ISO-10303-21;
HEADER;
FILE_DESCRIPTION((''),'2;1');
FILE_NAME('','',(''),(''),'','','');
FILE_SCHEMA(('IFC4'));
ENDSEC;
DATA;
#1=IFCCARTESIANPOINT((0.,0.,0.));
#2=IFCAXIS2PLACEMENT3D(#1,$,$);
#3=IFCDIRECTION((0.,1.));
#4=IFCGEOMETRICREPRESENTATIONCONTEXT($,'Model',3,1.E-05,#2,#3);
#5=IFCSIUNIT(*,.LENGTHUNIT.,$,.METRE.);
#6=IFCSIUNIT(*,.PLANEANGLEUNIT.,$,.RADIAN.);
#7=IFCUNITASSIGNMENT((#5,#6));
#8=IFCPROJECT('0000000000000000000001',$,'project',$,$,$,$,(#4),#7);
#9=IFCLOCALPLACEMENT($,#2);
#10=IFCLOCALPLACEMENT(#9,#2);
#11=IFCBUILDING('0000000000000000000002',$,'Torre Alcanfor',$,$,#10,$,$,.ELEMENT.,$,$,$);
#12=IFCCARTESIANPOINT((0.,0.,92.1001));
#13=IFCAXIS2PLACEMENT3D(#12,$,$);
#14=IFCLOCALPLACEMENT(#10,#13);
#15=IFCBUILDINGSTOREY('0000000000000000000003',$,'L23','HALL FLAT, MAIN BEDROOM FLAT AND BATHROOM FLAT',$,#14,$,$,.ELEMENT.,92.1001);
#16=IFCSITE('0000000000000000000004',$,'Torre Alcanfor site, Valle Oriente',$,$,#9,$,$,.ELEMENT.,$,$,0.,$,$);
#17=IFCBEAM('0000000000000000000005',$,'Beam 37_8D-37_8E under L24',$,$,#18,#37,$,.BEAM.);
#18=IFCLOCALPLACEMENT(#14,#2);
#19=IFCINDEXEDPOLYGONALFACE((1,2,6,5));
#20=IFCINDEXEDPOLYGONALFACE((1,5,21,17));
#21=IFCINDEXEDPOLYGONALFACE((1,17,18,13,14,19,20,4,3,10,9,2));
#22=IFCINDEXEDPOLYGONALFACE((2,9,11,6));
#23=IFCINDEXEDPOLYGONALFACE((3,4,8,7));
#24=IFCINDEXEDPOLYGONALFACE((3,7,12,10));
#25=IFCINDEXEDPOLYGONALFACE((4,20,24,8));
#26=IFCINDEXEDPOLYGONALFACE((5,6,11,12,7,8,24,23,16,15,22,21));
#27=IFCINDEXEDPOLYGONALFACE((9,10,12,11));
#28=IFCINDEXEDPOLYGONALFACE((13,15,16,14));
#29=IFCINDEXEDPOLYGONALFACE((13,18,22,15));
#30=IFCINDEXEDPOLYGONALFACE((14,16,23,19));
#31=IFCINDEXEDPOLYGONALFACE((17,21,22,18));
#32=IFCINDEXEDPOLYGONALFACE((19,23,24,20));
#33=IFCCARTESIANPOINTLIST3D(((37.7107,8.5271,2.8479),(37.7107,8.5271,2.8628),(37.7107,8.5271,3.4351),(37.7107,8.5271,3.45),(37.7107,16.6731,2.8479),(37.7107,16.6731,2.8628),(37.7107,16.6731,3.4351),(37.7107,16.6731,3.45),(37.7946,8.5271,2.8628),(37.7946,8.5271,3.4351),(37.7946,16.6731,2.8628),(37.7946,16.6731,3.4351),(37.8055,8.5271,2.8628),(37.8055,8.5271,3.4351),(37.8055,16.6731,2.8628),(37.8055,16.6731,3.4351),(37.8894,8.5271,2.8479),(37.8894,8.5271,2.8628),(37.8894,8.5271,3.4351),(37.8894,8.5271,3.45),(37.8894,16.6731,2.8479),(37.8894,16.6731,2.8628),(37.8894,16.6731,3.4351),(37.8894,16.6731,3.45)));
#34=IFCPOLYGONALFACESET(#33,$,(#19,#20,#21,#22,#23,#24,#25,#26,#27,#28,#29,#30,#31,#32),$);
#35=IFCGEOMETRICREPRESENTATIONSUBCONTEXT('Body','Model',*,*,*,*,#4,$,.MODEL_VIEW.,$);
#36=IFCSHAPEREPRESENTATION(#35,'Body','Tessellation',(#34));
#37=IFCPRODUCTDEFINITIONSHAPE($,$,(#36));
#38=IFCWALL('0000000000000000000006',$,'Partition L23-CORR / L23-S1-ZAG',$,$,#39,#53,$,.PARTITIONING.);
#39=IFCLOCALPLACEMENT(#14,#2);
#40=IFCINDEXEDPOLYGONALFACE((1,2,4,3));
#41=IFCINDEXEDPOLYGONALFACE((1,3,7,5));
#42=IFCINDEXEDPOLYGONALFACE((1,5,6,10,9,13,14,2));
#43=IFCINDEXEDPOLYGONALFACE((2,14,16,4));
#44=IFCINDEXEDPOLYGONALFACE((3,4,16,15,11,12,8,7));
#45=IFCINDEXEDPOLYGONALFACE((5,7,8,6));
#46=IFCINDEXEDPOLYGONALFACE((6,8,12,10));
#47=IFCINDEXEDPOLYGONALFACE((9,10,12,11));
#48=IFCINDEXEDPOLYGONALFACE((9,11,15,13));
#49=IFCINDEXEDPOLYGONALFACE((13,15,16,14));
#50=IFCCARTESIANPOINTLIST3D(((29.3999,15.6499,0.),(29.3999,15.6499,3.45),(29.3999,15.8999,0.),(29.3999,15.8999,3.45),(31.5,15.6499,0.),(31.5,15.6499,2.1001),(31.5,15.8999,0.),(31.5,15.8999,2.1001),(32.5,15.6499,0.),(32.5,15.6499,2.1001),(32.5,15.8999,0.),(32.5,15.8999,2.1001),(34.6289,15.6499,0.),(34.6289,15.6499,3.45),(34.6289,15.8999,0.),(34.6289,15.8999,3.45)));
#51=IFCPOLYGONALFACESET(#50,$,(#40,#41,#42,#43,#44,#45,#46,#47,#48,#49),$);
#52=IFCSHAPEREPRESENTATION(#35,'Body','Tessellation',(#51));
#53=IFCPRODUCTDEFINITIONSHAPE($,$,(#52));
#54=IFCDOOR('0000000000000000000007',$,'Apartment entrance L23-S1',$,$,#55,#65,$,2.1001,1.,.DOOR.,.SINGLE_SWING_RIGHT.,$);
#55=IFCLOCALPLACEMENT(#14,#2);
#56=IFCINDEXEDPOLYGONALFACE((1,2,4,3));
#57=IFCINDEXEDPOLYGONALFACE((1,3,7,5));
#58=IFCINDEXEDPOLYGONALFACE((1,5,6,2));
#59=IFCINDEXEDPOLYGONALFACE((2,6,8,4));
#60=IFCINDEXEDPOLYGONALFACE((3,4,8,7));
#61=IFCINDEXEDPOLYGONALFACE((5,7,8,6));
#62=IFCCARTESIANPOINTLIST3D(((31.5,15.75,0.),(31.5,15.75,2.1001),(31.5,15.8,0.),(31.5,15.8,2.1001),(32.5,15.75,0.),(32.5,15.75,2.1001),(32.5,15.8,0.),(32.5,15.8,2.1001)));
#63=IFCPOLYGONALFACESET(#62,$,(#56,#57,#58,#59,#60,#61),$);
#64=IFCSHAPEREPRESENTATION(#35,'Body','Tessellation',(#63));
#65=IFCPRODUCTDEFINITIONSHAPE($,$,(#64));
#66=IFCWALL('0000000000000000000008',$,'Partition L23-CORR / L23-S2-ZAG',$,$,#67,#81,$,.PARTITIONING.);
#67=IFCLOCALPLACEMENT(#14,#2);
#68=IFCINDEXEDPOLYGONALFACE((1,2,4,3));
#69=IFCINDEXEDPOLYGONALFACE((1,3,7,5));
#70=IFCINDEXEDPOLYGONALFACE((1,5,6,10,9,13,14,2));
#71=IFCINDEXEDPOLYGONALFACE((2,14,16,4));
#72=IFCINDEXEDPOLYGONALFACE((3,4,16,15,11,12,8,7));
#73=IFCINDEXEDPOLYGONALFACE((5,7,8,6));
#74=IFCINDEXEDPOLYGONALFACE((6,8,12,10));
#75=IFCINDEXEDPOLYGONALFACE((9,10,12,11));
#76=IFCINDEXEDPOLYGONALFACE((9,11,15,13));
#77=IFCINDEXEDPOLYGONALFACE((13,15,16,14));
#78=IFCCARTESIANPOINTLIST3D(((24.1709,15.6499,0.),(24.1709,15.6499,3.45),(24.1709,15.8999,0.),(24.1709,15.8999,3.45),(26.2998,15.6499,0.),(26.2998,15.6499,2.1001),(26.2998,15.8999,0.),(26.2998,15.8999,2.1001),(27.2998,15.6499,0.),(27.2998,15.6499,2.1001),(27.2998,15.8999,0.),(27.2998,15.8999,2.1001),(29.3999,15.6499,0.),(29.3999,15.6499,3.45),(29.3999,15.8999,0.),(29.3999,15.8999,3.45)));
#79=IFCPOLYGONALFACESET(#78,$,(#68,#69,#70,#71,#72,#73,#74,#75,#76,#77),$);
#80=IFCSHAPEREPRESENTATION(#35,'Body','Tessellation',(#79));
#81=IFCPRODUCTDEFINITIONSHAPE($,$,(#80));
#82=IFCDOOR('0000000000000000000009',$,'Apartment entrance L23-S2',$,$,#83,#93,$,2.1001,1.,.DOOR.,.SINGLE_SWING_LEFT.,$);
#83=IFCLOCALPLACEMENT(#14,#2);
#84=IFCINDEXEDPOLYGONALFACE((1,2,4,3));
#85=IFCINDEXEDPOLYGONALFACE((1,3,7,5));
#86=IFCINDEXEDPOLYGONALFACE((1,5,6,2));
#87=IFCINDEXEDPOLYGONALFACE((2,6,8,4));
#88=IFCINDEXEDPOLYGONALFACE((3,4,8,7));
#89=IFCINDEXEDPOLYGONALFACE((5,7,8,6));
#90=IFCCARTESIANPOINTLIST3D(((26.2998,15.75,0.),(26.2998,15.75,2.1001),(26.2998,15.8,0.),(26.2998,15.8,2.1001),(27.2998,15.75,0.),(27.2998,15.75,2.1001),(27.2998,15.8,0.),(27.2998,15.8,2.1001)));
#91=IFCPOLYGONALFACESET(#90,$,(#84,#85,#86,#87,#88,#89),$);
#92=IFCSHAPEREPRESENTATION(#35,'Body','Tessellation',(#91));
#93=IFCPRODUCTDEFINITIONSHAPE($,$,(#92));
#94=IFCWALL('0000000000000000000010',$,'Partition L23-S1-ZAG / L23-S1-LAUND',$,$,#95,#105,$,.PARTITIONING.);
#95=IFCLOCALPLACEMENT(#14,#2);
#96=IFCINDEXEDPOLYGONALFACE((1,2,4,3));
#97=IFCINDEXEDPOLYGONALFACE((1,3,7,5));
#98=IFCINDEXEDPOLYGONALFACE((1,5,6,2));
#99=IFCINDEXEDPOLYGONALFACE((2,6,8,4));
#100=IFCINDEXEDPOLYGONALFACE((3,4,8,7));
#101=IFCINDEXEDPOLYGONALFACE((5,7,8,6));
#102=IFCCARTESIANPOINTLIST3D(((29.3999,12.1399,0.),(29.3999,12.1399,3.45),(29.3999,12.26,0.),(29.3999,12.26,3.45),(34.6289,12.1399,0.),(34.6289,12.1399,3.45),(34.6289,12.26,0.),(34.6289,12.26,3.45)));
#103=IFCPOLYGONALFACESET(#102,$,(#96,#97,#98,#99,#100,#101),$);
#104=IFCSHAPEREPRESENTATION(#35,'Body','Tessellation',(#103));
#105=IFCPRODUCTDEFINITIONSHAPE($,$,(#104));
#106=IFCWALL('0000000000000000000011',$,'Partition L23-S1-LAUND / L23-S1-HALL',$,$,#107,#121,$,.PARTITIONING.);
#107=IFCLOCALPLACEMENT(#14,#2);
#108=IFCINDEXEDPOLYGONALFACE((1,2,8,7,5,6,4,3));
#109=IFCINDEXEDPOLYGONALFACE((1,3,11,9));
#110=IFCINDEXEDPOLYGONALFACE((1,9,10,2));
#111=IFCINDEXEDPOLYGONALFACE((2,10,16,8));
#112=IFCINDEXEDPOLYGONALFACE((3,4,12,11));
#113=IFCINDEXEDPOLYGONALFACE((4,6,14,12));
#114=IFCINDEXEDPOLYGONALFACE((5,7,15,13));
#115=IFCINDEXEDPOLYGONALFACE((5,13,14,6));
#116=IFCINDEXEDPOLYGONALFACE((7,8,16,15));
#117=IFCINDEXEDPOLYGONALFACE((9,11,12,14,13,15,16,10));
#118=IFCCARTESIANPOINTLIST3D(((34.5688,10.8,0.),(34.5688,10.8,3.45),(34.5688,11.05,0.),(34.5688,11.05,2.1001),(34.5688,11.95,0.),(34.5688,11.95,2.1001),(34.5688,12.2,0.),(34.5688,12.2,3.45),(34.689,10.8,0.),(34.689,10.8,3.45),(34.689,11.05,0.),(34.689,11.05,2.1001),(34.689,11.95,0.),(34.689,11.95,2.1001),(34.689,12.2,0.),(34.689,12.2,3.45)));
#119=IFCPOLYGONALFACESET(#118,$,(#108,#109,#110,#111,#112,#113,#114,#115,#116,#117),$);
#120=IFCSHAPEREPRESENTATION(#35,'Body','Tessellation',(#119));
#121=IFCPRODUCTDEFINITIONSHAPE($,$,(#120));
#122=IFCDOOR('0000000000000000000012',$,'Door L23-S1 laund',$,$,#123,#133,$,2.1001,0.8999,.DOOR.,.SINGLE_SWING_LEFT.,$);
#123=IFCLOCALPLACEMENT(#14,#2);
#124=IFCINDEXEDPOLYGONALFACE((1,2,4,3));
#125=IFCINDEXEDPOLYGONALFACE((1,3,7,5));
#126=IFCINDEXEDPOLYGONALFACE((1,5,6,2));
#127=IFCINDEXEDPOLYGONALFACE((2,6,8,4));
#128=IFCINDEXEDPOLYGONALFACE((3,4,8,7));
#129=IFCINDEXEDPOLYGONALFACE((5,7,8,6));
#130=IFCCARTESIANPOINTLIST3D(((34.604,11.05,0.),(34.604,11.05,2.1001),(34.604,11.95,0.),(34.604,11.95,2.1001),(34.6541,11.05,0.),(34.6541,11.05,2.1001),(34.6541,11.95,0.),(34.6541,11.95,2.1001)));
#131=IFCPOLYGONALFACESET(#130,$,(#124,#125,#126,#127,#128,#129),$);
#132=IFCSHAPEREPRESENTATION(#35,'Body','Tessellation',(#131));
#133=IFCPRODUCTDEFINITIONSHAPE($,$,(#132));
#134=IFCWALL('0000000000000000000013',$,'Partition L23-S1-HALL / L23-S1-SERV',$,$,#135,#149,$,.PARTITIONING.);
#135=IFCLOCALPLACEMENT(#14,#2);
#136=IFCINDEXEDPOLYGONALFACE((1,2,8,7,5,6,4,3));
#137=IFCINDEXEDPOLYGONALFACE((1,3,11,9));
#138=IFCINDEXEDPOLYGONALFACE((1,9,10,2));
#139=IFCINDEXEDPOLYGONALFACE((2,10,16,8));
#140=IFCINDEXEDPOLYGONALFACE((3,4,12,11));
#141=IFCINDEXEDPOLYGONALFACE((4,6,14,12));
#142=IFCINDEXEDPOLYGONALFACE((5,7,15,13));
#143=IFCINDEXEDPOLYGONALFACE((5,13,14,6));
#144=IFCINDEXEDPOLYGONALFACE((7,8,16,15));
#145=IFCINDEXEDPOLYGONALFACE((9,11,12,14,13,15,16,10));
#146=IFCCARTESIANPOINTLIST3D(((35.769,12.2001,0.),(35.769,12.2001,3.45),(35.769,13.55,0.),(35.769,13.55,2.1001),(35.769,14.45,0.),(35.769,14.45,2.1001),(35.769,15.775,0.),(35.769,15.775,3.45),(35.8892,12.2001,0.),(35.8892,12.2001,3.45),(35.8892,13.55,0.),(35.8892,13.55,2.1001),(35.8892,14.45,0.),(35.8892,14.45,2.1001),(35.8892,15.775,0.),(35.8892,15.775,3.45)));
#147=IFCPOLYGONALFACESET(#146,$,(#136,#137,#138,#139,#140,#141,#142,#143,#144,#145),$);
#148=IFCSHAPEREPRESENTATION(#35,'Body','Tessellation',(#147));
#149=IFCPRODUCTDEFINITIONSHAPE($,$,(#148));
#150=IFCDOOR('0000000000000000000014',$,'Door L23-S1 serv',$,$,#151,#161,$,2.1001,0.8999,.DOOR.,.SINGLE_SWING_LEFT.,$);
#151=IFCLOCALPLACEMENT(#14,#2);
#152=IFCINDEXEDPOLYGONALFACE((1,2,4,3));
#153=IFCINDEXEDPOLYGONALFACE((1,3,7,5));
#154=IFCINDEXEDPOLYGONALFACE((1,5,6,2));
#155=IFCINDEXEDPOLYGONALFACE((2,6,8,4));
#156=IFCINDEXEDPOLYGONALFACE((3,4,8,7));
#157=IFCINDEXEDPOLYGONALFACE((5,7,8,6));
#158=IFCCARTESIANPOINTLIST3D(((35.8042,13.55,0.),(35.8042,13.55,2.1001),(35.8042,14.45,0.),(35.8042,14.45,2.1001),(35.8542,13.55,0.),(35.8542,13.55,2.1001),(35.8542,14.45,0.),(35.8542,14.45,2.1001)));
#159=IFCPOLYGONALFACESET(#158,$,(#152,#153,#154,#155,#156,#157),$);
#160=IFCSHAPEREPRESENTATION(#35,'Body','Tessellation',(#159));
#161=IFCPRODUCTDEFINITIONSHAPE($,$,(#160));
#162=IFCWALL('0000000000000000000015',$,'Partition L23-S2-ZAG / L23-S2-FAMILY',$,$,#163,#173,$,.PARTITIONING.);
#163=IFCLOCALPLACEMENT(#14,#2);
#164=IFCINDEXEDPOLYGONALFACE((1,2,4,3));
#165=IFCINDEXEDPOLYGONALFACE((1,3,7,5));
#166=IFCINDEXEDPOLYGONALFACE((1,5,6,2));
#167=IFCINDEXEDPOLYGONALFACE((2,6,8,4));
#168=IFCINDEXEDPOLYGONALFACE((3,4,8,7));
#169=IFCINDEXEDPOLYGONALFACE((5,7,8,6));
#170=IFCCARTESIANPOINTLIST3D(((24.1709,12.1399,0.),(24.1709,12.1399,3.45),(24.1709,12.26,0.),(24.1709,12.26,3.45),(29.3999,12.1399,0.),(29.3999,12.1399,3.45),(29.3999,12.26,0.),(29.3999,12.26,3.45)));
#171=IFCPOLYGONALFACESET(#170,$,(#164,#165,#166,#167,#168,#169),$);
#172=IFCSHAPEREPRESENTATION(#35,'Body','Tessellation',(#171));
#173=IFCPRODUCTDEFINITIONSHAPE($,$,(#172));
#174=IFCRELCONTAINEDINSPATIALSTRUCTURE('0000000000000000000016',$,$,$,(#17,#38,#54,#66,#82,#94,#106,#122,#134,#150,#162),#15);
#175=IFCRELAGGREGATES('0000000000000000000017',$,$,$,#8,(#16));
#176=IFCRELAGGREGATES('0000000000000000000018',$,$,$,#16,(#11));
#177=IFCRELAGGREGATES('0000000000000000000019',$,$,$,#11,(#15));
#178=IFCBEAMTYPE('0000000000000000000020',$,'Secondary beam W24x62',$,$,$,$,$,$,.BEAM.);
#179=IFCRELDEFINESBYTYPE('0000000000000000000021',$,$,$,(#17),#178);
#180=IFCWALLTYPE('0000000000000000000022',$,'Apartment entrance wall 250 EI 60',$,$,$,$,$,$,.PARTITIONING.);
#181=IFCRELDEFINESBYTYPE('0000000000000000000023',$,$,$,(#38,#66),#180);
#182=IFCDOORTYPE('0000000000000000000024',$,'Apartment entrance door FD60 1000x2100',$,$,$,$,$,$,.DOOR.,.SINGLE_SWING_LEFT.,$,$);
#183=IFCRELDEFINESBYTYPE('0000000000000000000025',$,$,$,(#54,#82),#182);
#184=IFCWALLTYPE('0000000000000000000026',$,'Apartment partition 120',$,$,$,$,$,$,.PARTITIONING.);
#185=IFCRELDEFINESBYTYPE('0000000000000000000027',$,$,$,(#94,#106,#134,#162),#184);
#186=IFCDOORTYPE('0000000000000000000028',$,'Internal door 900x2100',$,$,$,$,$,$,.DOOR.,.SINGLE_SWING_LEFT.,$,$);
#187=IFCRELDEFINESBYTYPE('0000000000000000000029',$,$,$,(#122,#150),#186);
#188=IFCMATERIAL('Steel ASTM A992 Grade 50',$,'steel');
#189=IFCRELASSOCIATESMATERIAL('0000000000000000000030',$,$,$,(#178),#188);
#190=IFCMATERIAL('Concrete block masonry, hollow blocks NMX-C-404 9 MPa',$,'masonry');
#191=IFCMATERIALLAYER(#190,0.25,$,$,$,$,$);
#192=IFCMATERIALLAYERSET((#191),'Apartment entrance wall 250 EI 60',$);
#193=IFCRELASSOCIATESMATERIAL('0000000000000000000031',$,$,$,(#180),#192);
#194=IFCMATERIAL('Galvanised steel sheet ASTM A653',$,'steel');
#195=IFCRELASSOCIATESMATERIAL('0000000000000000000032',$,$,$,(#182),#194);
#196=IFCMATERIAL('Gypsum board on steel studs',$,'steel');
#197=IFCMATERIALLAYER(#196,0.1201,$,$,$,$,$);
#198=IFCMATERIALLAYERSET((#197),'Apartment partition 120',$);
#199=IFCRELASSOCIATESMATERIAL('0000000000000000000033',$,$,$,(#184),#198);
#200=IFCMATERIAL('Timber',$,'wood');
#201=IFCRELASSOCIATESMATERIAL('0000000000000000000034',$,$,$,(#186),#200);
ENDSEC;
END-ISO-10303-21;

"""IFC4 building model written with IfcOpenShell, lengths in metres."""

from ifc_helpers import new_model, si_unit, direction, frame, frame_2d, origin, origin_2d, place, context, subcontext, project, spatial, rectangle, i_section, extrude, material, layer, layer_set, material_profile, profile_set, type_object, element, fill, save


model = new_model("IFC4")

# Units and contexts
model_context = context("Model", 3, precision=1e-05, world=origin(), true_north=direction((0.0, 1.0)))
body_context = subcontext(model_context, "Body", "Model", "MODEL_VIEW")
ifc_project = project(units=[si_unit("LENGTHUNIT", "METRE"), si_unit("PLANEANGLEUNIT", "RADIAN")], contexts=[model_context])

# Site, building, storey
site_placement = place(None, origin())
site = spatial("IfcSite", under=ifc_project, at=site_placement, Name="Torre Alcanfor site, Valle Oriente", CompositionType="ELEMENT", RefElevation=0.0)
building_placement = place(site_placement, origin())
building = spatial("IfcBuilding", under=site, at=building_placement, Name="Torre Alcanfor", CompositionType="ELEMENT")
storey_placement = place(building_placement, frame((0.0, 0.0, 92.1001)))
storey = spatial("IfcBuildingStorey", under=building, at=storey_placement, Name="L23", Description="HALL FLAT, MAIN BEDROOM FLAT AND BATHROOM FLAT", CompositionType="ELEMENT", Elevation=92.1001)

# Beam
ifc_material_1 = material(Name="Steel ASTM A992 Grade 50", Category="steel")
ifc_material_profile = material_profile(ifc_material_1, i_section(OverallWidth=0.1787, OverallDepth=0.6021, WebThickness=0.011, FlangeThickness=0.0149, at=origin_2d()), Name="W24x62")
ifc_profile_set = profile_set([ifc_material_profile], Name="Steel ASTM A992 Grade 50")
beam_type = type_object("IfcBeamType", Name="Secondary beam W24x62", PredefinedType="BEAM", material=ifc_profile_set)
beam_placement = place(storey_placement, frame((37.8, 8.5271, 3.1489), z_axis=(0.0, 1.0, 0.0), x_axis=(-1.0, 0.0, 0.0)))
element("IfcBeam", 1, at=beam_placement, inside=storey, type_object=beam_type, Name="Beam 37_8D-37_8E under L24", PredefinedType="BEAM", context=body_context, shape_type="SweptSolid", body=[
    extrude(i_section(OverallWidth=0.1787, OverallDepth=0.6021, WebThickness=0.011, FlangeThickness=0.0149, at=origin_2d()), origin(), (0.0, 0.0, 1.0), 8.146),
])

# Walls, openings, doors
ifc_material_2 = material(Name="Concrete block masonry, hollow blocks NMX-C-404 9 MPa", Category="masonry")
ifc_layer_1 = layer(ifc_material_2, 0.25)
ifc_layer_set_1 = layer_set([ifc_layer_1], Name="Apartment entrance wall 250 EI 60")
wall_type_1 = type_object("IfcWallType", Name="Apartment entrance wall 250 EI 60", PredefinedType="PARTITIONING", material=ifc_layer_set_1)
wall_1_placement = place(storey_placement, frame((34.6289, 15.7749, 0.0), z_axis=(0.0, 0.0, 1.0), x_axis=(-1.0, 0.0, 0.0)))
wall_1 = element("IfcWall", 2, at=wall_1_placement, inside=storey, type_object=wall_type_1, Name="Partition L23-CORR / L23-S1-ZAG", PredefinedType="PARTITIONING", context=body_context, shape_type="SweptSolid", body=[
    extrude(rectangle(XDim=5.229, YDim=0.25, at=frame_2d((2.6145, 0.0))), origin(), (0.0, 0.0, 1.0), 3.45),
])
opening_1_placement = place(wall_1_placement, frame((2.1289, 0.0, 0.0)))
opening_1 = element("IfcOpeningElement", 3, at=opening_1_placement, cuts=wall_1, PredefinedType="OPENING", context=body_context, shape_type="SweptSolid", body=[
    extrude(rectangle(XDim=1.0, YDim=2.1001, at=frame_2d((0.5, 1.05))), frame((0.0, 0.135, 0.0), z_axis=(0.0, -1.0, 0.0), x_axis=(1.0, 0.0, 0.0)), (0.0, 0.0, 1.0), 0.27),
])
ifc_material_3 = material(Name="Galvanised steel sheet ASTM A653", Category="steel")
door_type_1 = type_object("IfcDoorType", Name="Apartment entrance door FD60 1000x2100", OperationType="SINGLE_SWING_LEFT", PredefinedType="DOOR", material=ifc_material_3)
door_1_placement = place(opening_1_placement, origin())
door_1 = element("IfcDoor", 4, at=door_1_placement, inside=storey, type_object=door_type_1, Name="Apartment entrance L23-S1", OperationType="SINGLE_SWING_RIGHT", OverallHeight=2.1001, OverallWidth=1.0, PredefinedType="DOOR", context=body_context, shape_type="SweptSolid", body=[
    extrude(rectangle(XDim=1.0, YDim=2.1001, at=frame_2d((0.5, 1.05))), frame((0.0, 0.0249, 0.0), z_axis=(0.0, -1.0, 0.0), x_axis=(1.0, 0.0, 0.0)), (0.0, 0.0, 1.0), 0.05),
])
fill(opening_1, door_1)
wall_2_placement = place(storey_placement, frame((29.3999, 15.7749, 0.0), z_axis=(0.0, 0.0, 1.0), x_axis=(-1.0, 0.0, 0.0)))
wall_2 = element("IfcWall", 5, at=wall_2_placement, inside=storey, type_object=wall_type_1, Name="Partition L23-CORR / L23-S2-ZAG", PredefinedType="PARTITIONING", context=body_context, shape_type="SweptSolid", body=[
    extrude(rectangle(XDim=5.229, YDim=0.25, at=frame_2d((2.6145, 0.0))), origin(), (0.0, 0.0, 1.0), 3.45),
])
opening_2_placement = place(wall_2_placement, frame((2.1001, 0.0, 0.0)))
opening_2 = element("IfcOpeningElement", 6, at=opening_2_placement, cuts=wall_2, PredefinedType="OPENING", context=body_context, shape_type="SweptSolid", body=[
    extrude(rectangle(XDim=1.0, YDim=2.1001, at=frame_2d((0.5, 1.05))), frame((0.0, 0.135, 0.0), z_axis=(0.0, -1.0, 0.0), x_axis=(1.0, 0.0, 0.0)), (0.0, 0.0, 1.0), 0.27),
])
door_2_placement = place(opening_2_placement, origin())
door_2 = element("IfcDoor", 7, at=door_2_placement, inside=storey, type_object=door_type_1, Name="Apartment entrance L23-S2", OperationType="SINGLE_SWING_LEFT", OverallHeight=2.1001, OverallWidth=1.0, PredefinedType="DOOR", context=body_context, shape_type="SweptSolid", body=[
    extrude(rectangle(XDim=1.0, YDim=2.1001, at=frame_2d((0.5, 1.05))), frame((0.0, 0.0249, 0.0), z_axis=(0.0, -1.0, 0.0), x_axis=(1.0, 0.0, 0.0)), (0.0, 0.0, 1.0), 0.05),
])
fill(opening_2, door_2)

# Wall
ifc_material_4 = material(Name="Gypsum board on steel studs", Category="steel")
ifc_layer_2 = layer(ifc_material_4, 0.1201)
ifc_layer_set_2 = layer_set([ifc_layer_2], Name="Apartment partition 120")
wall_type_2 = type_object("IfcWallType", Name="Apartment partition 120", PredefinedType="PARTITIONING", material=ifc_layer_set_2)
wall_3_placement = place(storey_placement, frame((29.3999, 12.2, 0.0), z_axis=(0.0, 0.0, 1.0), x_axis=(1.0, 0.0, 0.0)))
element("IfcWall", 8, at=wall_3_placement, inside=storey, type_object=wall_type_2, Name="Partition L23-S1-ZAG / L23-S1-LAUND", PredefinedType="PARTITIONING", context=body_context, shape_type="SweptSolid", body=[
    extrude(rectangle(XDim=5.229, YDim=0.1201, at=frame_2d((2.6145, 0.0))), origin(), (0.0, 0.0, 1.0), 3.45),
])

# Walls, openings, doors
wall_4_placement = place(storey_placement, frame((34.6289, 10.8, 0.0), z_axis=(0.0, 0.0, 1.0), x_axis=(0.0, 1.0, 0.0)))
wall_4 = element("IfcWall", 9, at=wall_4_placement, inside=storey, type_object=wall_type_2, Name="Partition L23-S1-LAUND / L23-S1-HALL", PredefinedType="PARTITIONING", context=body_context, shape_type="SweptSolid", body=[
    extrude(rectangle(XDim=1.3999, YDim=0.1201, at=frame_2d((0.7, 0.0))), origin(), (0.0, 0.0, 1.0), 3.45),
])
opening_3_placement = place(wall_4_placement, frame((0.25, 0.0, 0.0)))
opening_3 = element("IfcOpeningElement", 10, at=opening_3_placement, cuts=wall_4, PredefinedType="OPENING", context=body_context, shape_type="SweptSolid", body=[
    extrude(rectangle(XDim=0.8999, YDim=2.1001, at=frame_2d((0.45, 1.05))), frame((0.0, 0.0701, 0.0), z_axis=(0.0, -1.0, 0.0), x_axis=(1.0, 0.0, 0.0)), (0.0, 0.0, 1.0), 0.1401),
])
ifc_material_5 = material(Name="Timber", Category="wood")
door_type_2 = type_object("IfcDoorType", Name="Internal door 900x2100", OperationType="SINGLE_SWING_LEFT", PredefinedType="DOOR", material=ifc_material_5)
door_3_placement = place(opening_3_placement, origin())
door_3 = element("IfcDoor", 11, at=door_3_placement, inside=storey, type_object=door_type_2, Name="Door L23-S1 laund", OperationType="SINGLE_SWING_LEFT", OverallHeight=2.1001, OverallWidth=0.8999, PredefinedType="DOOR", context=body_context, shape_type="SweptSolid", body=[
    extrude(rectangle(XDim=0.8999, YDim=2.1001, at=frame_2d((0.45, 1.05))), frame((0.0, 0.0249, 0.0), z_axis=(0.0, -1.0, 0.0), x_axis=(1.0, 0.0, 0.0)), (0.0, 0.0, 1.0), 0.05),
])
fill(opening_3, door_3)
wall_5_placement = place(storey_placement, frame((35.8291, 12.2, 0.0), z_axis=(0.0, 0.0, 1.0), x_axis=(0.0, 1.0, 0.0)))
wall_5 = element("IfcWall", 12, at=wall_5_placement, inside=storey, type_object=wall_type_2, Name="Partition L23-S1-HALL / L23-S1-SERV", PredefinedType="PARTITIONING", context=body_context, shape_type="SweptSolid", body=[
    extrude(rectangle(XDim=3.575, YDim=0.1201, at=frame_2d((1.7876, 0.0))), origin(), (0.0, 0.0, 1.0), 3.45),
])
opening_4_placement = place(wall_5_placement, frame((1.3501, 0.0, 0.0)))
opening_4 = element("IfcOpeningElement", 13, at=opening_4_placement, cuts=wall_5, PredefinedType="OPENING", context=body_context, shape_type="SweptSolid", body=[
    extrude(rectangle(XDim=0.8999, YDim=2.1001, at=frame_2d((0.45, 1.05))), frame((0.0, 0.0701, 0.0), z_axis=(0.0, -1.0, 0.0), x_axis=(1.0, 0.0, 0.0)), (0.0, 0.0, 1.0), 0.1401),
])
door_4_placement = place(opening_4_placement, frame((0.8999, 0.0, 0.0), z_axis=(0.0, 0.0, 1.0), x_axis=(-1.0, 0.0, 0.0)))
door_4 = element("IfcDoor", 14, at=door_4_placement, inside=storey, type_object=door_type_2, Name="Door L23-S1 serv", OperationType="SINGLE_SWING_LEFT", OverallHeight=2.1001, OverallWidth=0.8999, PredefinedType="DOOR", context=body_context, shape_type="SweptSolid", body=[
    extrude(rectangle(XDim=0.8999, YDim=2.1001, at=frame_2d((0.45, 1.05))), frame((0.0, 0.0251, 0.0), z_axis=(0.0, -1.0, 0.0), x_axis=(1.0, 0.0, 0.0)), (0.0, 0.0, 1.0), 0.05),
])
fill(opening_4, door_4)

# Wall
wall_6_placement = place(storey_placement, frame((29.3999, 12.2, 0.0), z_axis=(0.0, 0.0, 1.0), x_axis=(-1.0, 0.0, 0.0)))
element("IfcWall", 15, at=wall_6_placement, inside=storey, type_object=wall_type_2, Name="Partition L23-S2-ZAG / L23-S2-FAMILY", PredefinedType="PARTITIONING", context=body_context, shape_type="SweptSolid", body=[
    extrude(rectangle(XDim=5.229, YDim=0.1201, at=frame_2d((2.6145, 0.0))), origin(), (0.0, 0.0, 1.0), 3.45),
])

save(model, "model.ifc")
